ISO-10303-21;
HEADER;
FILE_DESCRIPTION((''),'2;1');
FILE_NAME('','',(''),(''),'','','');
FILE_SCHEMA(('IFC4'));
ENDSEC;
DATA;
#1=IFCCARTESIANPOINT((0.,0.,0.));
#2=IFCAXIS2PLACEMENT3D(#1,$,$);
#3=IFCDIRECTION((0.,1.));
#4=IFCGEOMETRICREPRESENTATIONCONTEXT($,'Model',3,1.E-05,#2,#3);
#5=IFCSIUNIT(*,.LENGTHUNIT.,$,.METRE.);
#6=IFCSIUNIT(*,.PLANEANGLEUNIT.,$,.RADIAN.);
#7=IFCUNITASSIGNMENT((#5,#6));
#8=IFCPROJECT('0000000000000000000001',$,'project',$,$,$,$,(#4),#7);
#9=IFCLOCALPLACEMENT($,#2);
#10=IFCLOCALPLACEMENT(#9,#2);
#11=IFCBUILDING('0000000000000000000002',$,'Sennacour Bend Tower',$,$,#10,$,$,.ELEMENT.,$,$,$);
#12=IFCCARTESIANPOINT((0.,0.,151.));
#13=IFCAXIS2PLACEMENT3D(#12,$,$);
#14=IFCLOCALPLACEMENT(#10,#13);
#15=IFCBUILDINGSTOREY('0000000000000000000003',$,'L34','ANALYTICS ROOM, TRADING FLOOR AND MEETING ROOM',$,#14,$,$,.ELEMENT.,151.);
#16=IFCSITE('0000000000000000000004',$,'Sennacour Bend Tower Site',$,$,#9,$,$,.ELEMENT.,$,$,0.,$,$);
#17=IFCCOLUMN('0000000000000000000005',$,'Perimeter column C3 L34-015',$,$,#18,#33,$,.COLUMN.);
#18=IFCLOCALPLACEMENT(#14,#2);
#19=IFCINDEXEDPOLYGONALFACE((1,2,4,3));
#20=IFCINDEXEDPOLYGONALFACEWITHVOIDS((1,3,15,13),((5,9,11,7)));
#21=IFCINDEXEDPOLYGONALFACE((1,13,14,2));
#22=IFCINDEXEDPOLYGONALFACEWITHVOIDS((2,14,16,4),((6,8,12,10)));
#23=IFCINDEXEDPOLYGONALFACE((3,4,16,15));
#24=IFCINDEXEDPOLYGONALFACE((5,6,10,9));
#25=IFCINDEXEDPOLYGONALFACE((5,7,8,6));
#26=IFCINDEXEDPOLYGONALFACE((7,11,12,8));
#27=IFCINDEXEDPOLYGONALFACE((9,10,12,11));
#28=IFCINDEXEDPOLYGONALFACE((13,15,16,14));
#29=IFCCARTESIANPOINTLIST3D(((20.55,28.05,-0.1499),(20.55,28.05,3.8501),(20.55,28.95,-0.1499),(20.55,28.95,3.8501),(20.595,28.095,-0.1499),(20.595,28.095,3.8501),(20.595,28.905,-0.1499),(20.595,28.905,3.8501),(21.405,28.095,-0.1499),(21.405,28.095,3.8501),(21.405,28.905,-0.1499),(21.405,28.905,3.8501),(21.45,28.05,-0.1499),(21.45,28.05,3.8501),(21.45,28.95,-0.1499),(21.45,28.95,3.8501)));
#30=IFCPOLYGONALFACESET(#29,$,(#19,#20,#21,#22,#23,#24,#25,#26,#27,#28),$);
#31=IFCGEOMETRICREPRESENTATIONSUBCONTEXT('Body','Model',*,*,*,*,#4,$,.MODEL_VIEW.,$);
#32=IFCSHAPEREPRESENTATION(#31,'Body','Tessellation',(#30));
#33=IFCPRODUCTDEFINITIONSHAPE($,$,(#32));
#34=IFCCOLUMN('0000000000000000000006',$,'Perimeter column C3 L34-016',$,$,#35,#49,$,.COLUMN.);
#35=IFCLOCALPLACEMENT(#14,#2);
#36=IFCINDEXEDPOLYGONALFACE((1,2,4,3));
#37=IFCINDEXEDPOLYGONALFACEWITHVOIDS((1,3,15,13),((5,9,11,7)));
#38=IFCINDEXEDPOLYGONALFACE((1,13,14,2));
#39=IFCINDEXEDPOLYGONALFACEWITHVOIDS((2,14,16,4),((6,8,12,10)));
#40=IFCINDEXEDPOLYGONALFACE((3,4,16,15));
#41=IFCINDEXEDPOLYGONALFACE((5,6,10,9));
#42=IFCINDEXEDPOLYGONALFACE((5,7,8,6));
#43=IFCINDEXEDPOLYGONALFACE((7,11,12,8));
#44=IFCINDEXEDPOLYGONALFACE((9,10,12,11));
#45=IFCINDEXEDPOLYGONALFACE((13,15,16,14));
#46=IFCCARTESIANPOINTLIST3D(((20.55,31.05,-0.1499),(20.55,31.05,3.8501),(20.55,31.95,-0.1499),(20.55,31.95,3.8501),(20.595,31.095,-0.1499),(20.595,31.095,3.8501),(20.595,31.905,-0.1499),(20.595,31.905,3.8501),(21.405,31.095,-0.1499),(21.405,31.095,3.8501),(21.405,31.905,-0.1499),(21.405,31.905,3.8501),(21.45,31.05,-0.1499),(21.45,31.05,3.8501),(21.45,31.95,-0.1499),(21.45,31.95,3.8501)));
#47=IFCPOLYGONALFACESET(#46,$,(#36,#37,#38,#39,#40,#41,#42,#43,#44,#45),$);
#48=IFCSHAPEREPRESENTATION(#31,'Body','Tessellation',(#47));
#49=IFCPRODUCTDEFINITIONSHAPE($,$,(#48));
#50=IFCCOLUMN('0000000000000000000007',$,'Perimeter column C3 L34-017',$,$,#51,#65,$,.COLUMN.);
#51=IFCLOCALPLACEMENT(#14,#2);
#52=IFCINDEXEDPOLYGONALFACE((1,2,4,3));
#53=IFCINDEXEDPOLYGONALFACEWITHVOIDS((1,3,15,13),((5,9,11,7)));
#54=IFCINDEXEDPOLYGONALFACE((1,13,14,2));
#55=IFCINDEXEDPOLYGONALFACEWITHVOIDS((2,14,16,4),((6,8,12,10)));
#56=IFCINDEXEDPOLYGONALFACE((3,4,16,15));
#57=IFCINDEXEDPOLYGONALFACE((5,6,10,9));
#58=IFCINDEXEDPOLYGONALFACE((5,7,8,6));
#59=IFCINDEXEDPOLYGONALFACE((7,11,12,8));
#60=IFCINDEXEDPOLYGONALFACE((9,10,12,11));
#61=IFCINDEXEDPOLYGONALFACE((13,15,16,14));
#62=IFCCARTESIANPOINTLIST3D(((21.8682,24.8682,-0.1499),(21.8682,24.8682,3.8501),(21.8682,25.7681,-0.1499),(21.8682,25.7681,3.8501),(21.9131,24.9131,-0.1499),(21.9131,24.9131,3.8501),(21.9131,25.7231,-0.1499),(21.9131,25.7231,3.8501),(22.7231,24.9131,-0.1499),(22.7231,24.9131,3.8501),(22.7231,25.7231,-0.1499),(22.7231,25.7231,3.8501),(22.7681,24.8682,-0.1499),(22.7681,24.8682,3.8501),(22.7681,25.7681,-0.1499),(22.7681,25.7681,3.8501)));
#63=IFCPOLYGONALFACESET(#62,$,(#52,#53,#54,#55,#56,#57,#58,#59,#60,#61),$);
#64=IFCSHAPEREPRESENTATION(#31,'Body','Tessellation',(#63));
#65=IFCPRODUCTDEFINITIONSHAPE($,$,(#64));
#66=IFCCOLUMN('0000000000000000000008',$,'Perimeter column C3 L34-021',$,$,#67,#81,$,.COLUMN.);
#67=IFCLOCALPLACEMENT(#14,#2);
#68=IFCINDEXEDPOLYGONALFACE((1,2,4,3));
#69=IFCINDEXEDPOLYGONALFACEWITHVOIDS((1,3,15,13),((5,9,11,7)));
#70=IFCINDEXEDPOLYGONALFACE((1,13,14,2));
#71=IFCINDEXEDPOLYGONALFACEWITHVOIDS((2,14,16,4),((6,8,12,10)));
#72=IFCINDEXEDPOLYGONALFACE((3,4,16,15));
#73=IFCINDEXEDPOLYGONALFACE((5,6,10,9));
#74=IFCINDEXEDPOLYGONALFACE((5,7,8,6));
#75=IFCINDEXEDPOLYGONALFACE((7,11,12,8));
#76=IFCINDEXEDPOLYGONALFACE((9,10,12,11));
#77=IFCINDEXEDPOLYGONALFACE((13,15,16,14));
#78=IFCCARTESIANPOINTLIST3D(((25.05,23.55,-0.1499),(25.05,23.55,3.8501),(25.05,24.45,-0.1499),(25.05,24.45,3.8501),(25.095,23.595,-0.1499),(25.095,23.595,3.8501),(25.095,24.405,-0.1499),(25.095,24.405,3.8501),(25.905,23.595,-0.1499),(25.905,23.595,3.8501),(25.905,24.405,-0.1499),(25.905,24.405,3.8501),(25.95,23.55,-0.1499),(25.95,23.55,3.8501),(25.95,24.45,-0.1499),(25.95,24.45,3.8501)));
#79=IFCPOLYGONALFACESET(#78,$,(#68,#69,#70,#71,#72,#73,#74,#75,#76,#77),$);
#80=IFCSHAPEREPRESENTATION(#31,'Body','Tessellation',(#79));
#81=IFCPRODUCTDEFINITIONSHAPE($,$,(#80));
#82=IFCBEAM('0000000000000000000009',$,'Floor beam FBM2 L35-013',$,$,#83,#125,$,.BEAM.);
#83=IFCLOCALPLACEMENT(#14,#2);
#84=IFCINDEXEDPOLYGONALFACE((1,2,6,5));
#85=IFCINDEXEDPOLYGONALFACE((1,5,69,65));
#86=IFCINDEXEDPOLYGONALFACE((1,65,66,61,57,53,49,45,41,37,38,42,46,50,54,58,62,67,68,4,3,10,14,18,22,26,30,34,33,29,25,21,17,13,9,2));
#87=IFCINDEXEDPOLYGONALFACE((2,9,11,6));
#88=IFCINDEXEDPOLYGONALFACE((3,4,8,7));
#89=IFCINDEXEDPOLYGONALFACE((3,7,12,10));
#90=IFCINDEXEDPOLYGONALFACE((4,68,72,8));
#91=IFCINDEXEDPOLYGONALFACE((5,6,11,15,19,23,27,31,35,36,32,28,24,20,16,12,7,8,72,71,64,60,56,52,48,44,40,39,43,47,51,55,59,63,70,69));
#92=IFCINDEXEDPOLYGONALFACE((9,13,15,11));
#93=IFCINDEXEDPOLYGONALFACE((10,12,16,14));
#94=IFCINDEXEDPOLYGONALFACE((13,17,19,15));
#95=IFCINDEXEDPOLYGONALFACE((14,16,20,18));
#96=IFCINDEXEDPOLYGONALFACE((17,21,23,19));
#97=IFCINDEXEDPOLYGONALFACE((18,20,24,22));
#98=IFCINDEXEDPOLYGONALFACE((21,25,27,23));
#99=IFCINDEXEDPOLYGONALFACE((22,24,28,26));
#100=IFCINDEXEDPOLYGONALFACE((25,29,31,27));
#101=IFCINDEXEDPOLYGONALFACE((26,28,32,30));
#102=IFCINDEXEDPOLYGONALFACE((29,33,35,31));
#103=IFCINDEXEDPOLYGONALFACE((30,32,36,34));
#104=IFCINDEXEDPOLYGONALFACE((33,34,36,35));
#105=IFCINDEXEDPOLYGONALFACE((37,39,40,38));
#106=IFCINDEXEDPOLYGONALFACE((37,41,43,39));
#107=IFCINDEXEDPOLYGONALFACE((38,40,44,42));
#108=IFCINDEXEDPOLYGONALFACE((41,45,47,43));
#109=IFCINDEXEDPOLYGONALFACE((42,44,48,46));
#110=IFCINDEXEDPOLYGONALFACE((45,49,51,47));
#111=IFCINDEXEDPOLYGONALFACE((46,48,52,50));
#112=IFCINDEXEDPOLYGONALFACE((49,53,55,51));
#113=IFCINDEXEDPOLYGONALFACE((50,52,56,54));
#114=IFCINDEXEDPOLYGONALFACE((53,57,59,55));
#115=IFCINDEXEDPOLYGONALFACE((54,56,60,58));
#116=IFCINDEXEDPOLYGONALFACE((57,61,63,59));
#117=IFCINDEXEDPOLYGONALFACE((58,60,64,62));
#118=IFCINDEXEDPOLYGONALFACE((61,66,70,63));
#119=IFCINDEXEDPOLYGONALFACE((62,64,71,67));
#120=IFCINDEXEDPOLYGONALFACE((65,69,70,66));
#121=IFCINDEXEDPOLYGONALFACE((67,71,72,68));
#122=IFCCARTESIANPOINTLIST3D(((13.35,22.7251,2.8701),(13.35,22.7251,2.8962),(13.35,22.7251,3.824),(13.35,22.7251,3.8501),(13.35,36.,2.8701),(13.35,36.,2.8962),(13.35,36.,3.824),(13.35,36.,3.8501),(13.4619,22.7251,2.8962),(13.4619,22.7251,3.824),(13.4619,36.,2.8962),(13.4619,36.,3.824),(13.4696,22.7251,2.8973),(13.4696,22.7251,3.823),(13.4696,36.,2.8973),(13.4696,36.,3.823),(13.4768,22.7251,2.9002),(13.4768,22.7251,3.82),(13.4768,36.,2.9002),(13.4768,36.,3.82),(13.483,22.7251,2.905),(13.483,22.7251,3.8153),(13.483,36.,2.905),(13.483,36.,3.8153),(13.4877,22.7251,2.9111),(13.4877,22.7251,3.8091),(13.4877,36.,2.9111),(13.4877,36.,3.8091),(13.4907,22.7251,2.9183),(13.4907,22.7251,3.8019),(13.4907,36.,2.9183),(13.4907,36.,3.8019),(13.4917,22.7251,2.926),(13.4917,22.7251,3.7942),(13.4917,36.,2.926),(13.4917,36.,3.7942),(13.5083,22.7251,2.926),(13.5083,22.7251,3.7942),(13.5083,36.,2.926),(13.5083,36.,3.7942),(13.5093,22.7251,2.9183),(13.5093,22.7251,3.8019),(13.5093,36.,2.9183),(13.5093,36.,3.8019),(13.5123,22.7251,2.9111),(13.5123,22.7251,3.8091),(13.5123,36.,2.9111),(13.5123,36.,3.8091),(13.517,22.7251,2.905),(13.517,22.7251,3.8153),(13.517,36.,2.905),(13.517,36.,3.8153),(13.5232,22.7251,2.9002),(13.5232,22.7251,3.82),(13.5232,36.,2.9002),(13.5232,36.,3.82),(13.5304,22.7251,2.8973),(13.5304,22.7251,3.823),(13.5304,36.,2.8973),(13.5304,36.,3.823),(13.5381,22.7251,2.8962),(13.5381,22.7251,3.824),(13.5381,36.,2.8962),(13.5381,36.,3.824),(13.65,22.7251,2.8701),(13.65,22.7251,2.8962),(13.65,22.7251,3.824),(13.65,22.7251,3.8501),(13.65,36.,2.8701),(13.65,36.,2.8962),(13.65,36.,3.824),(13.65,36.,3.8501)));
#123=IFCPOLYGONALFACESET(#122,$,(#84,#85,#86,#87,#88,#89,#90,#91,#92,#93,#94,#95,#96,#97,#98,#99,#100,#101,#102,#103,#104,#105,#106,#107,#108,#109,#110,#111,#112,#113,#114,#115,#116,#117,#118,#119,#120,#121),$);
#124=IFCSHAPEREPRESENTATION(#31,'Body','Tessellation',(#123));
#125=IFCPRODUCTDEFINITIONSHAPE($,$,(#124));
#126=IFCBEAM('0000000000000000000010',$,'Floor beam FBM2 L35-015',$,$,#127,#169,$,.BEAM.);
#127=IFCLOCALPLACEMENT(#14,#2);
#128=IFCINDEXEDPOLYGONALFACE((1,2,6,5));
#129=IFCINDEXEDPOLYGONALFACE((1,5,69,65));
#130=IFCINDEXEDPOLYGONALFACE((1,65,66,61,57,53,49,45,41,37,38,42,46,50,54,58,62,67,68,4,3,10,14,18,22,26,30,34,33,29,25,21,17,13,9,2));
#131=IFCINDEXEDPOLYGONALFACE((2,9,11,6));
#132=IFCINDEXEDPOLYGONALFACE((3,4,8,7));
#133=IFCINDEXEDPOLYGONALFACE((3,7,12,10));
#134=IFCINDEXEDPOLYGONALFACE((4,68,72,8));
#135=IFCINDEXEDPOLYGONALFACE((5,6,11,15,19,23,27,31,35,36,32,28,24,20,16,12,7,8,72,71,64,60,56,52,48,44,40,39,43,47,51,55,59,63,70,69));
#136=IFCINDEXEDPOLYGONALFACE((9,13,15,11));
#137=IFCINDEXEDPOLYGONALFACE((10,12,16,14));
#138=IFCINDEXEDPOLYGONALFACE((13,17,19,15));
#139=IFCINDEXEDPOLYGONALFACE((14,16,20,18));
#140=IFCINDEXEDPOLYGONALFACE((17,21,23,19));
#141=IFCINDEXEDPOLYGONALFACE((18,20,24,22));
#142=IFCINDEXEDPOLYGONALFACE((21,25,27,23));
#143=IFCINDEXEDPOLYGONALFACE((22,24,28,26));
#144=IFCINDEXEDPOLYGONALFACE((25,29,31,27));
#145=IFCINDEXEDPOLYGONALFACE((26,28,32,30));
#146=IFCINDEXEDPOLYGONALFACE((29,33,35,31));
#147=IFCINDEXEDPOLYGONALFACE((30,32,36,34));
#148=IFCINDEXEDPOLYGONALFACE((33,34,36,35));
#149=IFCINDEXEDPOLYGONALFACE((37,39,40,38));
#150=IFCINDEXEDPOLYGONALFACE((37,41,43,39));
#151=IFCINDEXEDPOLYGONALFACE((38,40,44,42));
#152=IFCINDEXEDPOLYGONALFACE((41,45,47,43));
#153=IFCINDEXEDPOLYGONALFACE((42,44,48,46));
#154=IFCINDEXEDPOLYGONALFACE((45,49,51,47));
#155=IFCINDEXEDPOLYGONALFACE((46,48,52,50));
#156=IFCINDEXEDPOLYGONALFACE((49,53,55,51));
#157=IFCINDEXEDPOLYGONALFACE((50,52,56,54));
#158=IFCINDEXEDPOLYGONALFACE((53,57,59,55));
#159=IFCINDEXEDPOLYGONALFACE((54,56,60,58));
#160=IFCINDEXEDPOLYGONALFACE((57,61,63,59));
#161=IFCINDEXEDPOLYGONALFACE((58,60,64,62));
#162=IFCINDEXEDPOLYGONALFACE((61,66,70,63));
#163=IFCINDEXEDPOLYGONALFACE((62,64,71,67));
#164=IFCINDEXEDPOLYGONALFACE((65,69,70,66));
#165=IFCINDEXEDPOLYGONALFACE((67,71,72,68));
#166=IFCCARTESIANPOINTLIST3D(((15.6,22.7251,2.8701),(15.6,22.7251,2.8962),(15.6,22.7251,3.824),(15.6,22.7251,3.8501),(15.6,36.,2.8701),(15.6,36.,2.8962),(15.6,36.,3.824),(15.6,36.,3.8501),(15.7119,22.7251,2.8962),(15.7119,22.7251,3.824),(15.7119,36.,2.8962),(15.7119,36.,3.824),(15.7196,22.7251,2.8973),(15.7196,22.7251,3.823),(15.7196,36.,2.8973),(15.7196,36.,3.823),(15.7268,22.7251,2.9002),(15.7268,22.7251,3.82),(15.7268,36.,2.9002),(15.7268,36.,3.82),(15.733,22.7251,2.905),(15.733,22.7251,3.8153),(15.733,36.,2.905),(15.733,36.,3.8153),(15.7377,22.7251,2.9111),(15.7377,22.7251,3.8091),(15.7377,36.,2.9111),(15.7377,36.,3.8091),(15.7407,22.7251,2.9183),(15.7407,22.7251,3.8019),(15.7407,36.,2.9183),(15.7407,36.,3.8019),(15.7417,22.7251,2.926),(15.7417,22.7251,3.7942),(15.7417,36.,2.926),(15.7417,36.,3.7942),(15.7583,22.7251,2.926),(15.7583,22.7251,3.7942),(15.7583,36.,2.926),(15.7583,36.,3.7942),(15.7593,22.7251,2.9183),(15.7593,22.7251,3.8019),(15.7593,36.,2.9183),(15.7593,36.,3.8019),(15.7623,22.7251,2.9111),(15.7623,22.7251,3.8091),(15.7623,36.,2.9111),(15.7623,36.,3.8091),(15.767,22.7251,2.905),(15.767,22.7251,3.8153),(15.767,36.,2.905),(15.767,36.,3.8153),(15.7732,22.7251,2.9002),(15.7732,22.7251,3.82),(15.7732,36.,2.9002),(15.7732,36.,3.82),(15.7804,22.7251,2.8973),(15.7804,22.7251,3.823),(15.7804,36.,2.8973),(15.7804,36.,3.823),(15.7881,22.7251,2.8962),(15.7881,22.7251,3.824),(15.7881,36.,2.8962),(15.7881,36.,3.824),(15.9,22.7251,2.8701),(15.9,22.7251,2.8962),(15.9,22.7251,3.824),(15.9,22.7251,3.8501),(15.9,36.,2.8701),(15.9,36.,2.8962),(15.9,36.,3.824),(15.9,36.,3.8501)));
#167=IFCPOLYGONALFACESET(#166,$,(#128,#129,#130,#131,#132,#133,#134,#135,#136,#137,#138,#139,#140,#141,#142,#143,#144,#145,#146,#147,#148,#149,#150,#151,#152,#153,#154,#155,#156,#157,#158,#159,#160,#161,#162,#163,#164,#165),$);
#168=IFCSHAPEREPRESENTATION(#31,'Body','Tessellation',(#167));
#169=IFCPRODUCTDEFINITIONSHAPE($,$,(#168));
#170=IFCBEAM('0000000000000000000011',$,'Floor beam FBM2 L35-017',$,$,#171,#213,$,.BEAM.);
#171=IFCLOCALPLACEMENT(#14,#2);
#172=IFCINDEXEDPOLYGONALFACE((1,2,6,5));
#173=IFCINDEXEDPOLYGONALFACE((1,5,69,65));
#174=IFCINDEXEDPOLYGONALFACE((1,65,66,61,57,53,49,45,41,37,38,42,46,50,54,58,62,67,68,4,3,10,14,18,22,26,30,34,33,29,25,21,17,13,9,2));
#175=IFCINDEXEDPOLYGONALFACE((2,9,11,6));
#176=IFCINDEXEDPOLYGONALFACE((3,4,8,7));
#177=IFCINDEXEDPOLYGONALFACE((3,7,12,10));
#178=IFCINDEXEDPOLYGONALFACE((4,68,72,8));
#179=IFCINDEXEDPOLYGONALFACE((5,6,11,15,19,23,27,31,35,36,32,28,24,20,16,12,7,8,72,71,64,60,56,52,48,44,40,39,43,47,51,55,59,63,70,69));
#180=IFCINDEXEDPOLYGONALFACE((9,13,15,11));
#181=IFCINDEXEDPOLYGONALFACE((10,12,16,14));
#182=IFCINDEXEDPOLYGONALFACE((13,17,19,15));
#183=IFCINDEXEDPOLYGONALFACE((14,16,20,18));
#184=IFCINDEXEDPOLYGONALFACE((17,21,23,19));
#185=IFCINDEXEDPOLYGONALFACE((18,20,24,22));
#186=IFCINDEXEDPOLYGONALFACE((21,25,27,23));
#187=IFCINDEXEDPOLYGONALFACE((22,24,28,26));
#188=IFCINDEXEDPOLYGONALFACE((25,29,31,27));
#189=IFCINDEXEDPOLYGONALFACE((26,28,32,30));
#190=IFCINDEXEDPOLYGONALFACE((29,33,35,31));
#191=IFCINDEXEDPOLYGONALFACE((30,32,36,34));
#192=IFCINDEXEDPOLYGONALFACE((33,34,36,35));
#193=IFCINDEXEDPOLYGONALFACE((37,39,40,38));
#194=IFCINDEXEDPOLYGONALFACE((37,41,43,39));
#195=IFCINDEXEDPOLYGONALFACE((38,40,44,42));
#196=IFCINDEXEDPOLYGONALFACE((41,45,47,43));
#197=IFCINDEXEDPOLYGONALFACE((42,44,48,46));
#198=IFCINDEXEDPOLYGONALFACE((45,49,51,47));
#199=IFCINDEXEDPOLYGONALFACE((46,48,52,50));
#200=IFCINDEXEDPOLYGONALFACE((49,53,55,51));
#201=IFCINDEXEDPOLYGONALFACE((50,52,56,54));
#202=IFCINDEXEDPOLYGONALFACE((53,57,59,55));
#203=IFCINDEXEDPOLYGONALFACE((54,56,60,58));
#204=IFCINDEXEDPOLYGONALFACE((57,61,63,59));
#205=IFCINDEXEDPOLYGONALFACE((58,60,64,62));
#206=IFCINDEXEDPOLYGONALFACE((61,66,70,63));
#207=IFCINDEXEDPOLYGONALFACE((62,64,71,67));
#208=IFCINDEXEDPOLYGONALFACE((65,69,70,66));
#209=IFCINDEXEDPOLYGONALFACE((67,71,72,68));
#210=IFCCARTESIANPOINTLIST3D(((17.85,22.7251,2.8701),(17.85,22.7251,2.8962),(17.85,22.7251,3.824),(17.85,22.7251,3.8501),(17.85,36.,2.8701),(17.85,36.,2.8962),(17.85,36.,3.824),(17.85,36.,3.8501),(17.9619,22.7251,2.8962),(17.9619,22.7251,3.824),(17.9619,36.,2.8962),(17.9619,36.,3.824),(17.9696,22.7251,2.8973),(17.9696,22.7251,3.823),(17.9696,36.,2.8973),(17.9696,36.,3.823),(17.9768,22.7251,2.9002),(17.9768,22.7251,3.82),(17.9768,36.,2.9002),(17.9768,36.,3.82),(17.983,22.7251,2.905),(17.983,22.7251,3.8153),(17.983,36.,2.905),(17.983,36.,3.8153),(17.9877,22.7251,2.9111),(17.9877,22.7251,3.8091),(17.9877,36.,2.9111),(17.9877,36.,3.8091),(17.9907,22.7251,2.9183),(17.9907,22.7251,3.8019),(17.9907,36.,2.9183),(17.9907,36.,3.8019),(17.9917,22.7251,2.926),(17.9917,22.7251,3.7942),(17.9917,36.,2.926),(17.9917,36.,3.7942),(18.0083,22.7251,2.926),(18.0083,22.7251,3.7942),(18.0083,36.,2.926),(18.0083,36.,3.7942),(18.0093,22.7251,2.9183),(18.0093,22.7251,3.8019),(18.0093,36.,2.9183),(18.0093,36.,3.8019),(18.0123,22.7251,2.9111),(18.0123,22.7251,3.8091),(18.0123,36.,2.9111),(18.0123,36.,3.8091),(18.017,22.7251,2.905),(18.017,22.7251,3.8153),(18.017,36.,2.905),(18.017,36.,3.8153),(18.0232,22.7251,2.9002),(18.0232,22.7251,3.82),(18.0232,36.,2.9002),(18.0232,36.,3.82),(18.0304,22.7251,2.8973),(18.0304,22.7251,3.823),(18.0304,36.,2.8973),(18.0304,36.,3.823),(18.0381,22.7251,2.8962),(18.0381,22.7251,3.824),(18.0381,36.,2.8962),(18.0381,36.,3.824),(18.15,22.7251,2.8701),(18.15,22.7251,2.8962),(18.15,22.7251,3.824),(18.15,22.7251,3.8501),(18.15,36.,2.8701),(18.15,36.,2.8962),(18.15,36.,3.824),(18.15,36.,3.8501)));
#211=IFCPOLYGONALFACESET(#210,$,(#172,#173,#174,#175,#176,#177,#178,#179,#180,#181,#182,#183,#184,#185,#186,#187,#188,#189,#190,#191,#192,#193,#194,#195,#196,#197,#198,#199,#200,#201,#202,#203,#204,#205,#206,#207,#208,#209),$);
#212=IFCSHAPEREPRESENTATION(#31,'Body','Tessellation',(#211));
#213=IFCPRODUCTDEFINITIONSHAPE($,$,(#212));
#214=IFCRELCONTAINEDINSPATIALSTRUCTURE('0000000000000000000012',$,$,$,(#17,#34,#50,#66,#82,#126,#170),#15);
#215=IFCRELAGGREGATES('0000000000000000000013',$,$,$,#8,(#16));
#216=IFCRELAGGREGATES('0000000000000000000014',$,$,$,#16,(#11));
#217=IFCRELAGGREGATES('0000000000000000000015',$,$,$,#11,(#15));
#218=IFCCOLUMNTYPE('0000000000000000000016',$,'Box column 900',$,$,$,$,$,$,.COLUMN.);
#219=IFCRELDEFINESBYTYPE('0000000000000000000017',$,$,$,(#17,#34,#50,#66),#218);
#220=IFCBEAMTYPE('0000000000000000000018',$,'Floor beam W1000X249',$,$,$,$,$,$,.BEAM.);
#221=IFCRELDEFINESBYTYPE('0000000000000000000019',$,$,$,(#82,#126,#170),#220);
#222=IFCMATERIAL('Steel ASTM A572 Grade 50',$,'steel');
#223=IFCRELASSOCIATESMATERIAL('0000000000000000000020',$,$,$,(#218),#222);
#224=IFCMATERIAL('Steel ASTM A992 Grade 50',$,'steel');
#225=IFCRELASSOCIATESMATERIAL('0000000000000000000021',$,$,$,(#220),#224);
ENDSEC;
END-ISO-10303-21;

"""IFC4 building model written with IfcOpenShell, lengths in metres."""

from ifc_helpers import new_model, si_unit, direction, frame, origin, origin_2d, place, context, subcontext, project, spatial, hollow_rectangle, i_section, extrude, material, material_profile, profile_set, type_object, element, save


model = new_model("IFC4")

# Units and contexts
model_context = context("Model", 3, precision=1e-05, world=origin(), true_north=direction((0.0, 1.0)))
body_context = subcontext(model_context, "Body", "Model", "MODEL_VIEW")
ifc_project = project(units=[si_unit("LENGTHUNIT", "METRE"), si_unit("PLANEANGLEUNIT", "RADIAN")], contexts=[model_context])

# Site, building, storey
site_placement = place(None, origin())
site = spatial("IfcSite", under=ifc_project, at=site_placement, Name="Sennacour Bend Tower Site", CompositionType="ELEMENT", RefElevation=0.0)
building_placement = place(site_placement, origin())
building = spatial("IfcBuilding", under=site, at=building_placement, Name="Sennacour Bend Tower", CompositionType="ELEMENT")
storey_placement = place(building_placement, frame((0.0, 0.0, 151.0)))
storey = spatial("IfcBuildingStorey", under=building, at=storey_placement, Name="L34", Description="ANALYTICS ROOM, TRADING FLOOR AND MEETING ROOM", CompositionType="ELEMENT", Elevation=151.0)

# Columns
ifc_material_1 = material(Name="Steel ASTM A572 Grade 50", Category="steel")
ifc_material_profile_1 = material_profile(ifc_material_1, hollow_rectangle(XDim=0.8999, YDim=0.8999, WallThickness=0.0449, at=origin_2d()), Name="Steel ASTM A572 Grade 50", Category="steel")
ifc_profile_set_1 = profile_set([ifc_material_profile_1], Name="Steel ASTM A572 Grade 50")
column_type = type_object("IfcColumnType", Name="Box column 900", PredefinedType="COLUMN", material=ifc_profile_set_1)
for number, where, z_axis, x_axis, name in (
    (1, (21.0, 28.5, -0.1499), (0.0, 0.0, 1.0), (1.0, 0.0, 0.0), "Perimeter column C3 L34-015"),
    (2, (21.0, 31.5, -0.1499), (0.0, 0.0, 1.0), (1.0, 0.0, 0.0), "Perimeter column C3 L34-016"),
    (3, (22.3181, 25.3181, -0.1499), (0.0, 0.0, 1.0), (1.0, 0.0, 0.0), "Perimeter column C3 L34-017"),
    (4, (25.5, 24.0, -0.1499), (0.0, 0.0, 1.0), (1.0, 0.0, 0.0), "Perimeter column C3 L34-021"),
):
    element("IfcColumn", number, at=place(storey_placement, frame(where, z_axis=z_axis, x_axis=x_axis)), inside=storey, type_object=column_type, Name=name, PredefinedType="COLUMN", context=body_context, shape_type="SweptSolid", body=[
        extrude(hollow_rectangle(XDim=0.8999, YDim=0.8999, WallThickness=0.0449, at=origin_2d()), origin(), (0.0, 0.0, 1.0), 4.0),
    ])

# Beams
ifc_material_2 = material(Name="Steel ASTM A992 Grade 50", Category="steel")
ifc_material_profile_2 = material_profile(ifc_material_2, i_section(OverallWidth=0.3, OverallDepth=0.98, WebThickness=0.0166, FlangeThickness=0.0261, FilletRadius=0.0298, at=origin_2d()), Name="Steel ASTM A992 Grade 50", Category="steel")
ifc_profile_set_2 = profile_set([ifc_material_profile_2], Name="Steel ASTM A992 Grade 50")
beam_type_1 = type_object("IfcBeamType", Name="Floor beam W1000X249", PredefinedType="BEAM", material=ifc_profile_set_2)
for number, where, z_axis, x_axis, name in (
    (5, (13.5, 22.7251, 3.3601), (0.0, 1.0, 0.0), (-1.0, 0.0, 0.0), "Floor beam FBM2 L35-013"),
    (6, (15.75, 22.7251, 3.3601), (0.0, 1.0, 0.0), (-1.0, 0.0, 0.0), "Floor beam FBM2 L35-015"),
    (7, (18.0, 22.7251, 3.3601), (0.0, 1.0, 0.0), (-1.0, 0.0, 0.0), "Floor beam FBM2 L35-017"),
):
    element("IfcBeam", number, at=place(storey_placement, frame(where, z_axis=z_axis, x_axis=x_axis)), inside=storey, type_object=beam_type_1, Name=name, PredefinedType="BEAM", context=body_context, shape_type="SweptSolid", body=[
        extrude(i_section(OverallWidth=0.3, OverallDepth=0.98, WebThickness=0.0166, FlangeThickness=0.0261, FilletRadius=0.0298, at=origin_2d()), origin(), (0.0, 0.0, 1.0), 13.2749),
    ])

save(model, "model.ifc")
